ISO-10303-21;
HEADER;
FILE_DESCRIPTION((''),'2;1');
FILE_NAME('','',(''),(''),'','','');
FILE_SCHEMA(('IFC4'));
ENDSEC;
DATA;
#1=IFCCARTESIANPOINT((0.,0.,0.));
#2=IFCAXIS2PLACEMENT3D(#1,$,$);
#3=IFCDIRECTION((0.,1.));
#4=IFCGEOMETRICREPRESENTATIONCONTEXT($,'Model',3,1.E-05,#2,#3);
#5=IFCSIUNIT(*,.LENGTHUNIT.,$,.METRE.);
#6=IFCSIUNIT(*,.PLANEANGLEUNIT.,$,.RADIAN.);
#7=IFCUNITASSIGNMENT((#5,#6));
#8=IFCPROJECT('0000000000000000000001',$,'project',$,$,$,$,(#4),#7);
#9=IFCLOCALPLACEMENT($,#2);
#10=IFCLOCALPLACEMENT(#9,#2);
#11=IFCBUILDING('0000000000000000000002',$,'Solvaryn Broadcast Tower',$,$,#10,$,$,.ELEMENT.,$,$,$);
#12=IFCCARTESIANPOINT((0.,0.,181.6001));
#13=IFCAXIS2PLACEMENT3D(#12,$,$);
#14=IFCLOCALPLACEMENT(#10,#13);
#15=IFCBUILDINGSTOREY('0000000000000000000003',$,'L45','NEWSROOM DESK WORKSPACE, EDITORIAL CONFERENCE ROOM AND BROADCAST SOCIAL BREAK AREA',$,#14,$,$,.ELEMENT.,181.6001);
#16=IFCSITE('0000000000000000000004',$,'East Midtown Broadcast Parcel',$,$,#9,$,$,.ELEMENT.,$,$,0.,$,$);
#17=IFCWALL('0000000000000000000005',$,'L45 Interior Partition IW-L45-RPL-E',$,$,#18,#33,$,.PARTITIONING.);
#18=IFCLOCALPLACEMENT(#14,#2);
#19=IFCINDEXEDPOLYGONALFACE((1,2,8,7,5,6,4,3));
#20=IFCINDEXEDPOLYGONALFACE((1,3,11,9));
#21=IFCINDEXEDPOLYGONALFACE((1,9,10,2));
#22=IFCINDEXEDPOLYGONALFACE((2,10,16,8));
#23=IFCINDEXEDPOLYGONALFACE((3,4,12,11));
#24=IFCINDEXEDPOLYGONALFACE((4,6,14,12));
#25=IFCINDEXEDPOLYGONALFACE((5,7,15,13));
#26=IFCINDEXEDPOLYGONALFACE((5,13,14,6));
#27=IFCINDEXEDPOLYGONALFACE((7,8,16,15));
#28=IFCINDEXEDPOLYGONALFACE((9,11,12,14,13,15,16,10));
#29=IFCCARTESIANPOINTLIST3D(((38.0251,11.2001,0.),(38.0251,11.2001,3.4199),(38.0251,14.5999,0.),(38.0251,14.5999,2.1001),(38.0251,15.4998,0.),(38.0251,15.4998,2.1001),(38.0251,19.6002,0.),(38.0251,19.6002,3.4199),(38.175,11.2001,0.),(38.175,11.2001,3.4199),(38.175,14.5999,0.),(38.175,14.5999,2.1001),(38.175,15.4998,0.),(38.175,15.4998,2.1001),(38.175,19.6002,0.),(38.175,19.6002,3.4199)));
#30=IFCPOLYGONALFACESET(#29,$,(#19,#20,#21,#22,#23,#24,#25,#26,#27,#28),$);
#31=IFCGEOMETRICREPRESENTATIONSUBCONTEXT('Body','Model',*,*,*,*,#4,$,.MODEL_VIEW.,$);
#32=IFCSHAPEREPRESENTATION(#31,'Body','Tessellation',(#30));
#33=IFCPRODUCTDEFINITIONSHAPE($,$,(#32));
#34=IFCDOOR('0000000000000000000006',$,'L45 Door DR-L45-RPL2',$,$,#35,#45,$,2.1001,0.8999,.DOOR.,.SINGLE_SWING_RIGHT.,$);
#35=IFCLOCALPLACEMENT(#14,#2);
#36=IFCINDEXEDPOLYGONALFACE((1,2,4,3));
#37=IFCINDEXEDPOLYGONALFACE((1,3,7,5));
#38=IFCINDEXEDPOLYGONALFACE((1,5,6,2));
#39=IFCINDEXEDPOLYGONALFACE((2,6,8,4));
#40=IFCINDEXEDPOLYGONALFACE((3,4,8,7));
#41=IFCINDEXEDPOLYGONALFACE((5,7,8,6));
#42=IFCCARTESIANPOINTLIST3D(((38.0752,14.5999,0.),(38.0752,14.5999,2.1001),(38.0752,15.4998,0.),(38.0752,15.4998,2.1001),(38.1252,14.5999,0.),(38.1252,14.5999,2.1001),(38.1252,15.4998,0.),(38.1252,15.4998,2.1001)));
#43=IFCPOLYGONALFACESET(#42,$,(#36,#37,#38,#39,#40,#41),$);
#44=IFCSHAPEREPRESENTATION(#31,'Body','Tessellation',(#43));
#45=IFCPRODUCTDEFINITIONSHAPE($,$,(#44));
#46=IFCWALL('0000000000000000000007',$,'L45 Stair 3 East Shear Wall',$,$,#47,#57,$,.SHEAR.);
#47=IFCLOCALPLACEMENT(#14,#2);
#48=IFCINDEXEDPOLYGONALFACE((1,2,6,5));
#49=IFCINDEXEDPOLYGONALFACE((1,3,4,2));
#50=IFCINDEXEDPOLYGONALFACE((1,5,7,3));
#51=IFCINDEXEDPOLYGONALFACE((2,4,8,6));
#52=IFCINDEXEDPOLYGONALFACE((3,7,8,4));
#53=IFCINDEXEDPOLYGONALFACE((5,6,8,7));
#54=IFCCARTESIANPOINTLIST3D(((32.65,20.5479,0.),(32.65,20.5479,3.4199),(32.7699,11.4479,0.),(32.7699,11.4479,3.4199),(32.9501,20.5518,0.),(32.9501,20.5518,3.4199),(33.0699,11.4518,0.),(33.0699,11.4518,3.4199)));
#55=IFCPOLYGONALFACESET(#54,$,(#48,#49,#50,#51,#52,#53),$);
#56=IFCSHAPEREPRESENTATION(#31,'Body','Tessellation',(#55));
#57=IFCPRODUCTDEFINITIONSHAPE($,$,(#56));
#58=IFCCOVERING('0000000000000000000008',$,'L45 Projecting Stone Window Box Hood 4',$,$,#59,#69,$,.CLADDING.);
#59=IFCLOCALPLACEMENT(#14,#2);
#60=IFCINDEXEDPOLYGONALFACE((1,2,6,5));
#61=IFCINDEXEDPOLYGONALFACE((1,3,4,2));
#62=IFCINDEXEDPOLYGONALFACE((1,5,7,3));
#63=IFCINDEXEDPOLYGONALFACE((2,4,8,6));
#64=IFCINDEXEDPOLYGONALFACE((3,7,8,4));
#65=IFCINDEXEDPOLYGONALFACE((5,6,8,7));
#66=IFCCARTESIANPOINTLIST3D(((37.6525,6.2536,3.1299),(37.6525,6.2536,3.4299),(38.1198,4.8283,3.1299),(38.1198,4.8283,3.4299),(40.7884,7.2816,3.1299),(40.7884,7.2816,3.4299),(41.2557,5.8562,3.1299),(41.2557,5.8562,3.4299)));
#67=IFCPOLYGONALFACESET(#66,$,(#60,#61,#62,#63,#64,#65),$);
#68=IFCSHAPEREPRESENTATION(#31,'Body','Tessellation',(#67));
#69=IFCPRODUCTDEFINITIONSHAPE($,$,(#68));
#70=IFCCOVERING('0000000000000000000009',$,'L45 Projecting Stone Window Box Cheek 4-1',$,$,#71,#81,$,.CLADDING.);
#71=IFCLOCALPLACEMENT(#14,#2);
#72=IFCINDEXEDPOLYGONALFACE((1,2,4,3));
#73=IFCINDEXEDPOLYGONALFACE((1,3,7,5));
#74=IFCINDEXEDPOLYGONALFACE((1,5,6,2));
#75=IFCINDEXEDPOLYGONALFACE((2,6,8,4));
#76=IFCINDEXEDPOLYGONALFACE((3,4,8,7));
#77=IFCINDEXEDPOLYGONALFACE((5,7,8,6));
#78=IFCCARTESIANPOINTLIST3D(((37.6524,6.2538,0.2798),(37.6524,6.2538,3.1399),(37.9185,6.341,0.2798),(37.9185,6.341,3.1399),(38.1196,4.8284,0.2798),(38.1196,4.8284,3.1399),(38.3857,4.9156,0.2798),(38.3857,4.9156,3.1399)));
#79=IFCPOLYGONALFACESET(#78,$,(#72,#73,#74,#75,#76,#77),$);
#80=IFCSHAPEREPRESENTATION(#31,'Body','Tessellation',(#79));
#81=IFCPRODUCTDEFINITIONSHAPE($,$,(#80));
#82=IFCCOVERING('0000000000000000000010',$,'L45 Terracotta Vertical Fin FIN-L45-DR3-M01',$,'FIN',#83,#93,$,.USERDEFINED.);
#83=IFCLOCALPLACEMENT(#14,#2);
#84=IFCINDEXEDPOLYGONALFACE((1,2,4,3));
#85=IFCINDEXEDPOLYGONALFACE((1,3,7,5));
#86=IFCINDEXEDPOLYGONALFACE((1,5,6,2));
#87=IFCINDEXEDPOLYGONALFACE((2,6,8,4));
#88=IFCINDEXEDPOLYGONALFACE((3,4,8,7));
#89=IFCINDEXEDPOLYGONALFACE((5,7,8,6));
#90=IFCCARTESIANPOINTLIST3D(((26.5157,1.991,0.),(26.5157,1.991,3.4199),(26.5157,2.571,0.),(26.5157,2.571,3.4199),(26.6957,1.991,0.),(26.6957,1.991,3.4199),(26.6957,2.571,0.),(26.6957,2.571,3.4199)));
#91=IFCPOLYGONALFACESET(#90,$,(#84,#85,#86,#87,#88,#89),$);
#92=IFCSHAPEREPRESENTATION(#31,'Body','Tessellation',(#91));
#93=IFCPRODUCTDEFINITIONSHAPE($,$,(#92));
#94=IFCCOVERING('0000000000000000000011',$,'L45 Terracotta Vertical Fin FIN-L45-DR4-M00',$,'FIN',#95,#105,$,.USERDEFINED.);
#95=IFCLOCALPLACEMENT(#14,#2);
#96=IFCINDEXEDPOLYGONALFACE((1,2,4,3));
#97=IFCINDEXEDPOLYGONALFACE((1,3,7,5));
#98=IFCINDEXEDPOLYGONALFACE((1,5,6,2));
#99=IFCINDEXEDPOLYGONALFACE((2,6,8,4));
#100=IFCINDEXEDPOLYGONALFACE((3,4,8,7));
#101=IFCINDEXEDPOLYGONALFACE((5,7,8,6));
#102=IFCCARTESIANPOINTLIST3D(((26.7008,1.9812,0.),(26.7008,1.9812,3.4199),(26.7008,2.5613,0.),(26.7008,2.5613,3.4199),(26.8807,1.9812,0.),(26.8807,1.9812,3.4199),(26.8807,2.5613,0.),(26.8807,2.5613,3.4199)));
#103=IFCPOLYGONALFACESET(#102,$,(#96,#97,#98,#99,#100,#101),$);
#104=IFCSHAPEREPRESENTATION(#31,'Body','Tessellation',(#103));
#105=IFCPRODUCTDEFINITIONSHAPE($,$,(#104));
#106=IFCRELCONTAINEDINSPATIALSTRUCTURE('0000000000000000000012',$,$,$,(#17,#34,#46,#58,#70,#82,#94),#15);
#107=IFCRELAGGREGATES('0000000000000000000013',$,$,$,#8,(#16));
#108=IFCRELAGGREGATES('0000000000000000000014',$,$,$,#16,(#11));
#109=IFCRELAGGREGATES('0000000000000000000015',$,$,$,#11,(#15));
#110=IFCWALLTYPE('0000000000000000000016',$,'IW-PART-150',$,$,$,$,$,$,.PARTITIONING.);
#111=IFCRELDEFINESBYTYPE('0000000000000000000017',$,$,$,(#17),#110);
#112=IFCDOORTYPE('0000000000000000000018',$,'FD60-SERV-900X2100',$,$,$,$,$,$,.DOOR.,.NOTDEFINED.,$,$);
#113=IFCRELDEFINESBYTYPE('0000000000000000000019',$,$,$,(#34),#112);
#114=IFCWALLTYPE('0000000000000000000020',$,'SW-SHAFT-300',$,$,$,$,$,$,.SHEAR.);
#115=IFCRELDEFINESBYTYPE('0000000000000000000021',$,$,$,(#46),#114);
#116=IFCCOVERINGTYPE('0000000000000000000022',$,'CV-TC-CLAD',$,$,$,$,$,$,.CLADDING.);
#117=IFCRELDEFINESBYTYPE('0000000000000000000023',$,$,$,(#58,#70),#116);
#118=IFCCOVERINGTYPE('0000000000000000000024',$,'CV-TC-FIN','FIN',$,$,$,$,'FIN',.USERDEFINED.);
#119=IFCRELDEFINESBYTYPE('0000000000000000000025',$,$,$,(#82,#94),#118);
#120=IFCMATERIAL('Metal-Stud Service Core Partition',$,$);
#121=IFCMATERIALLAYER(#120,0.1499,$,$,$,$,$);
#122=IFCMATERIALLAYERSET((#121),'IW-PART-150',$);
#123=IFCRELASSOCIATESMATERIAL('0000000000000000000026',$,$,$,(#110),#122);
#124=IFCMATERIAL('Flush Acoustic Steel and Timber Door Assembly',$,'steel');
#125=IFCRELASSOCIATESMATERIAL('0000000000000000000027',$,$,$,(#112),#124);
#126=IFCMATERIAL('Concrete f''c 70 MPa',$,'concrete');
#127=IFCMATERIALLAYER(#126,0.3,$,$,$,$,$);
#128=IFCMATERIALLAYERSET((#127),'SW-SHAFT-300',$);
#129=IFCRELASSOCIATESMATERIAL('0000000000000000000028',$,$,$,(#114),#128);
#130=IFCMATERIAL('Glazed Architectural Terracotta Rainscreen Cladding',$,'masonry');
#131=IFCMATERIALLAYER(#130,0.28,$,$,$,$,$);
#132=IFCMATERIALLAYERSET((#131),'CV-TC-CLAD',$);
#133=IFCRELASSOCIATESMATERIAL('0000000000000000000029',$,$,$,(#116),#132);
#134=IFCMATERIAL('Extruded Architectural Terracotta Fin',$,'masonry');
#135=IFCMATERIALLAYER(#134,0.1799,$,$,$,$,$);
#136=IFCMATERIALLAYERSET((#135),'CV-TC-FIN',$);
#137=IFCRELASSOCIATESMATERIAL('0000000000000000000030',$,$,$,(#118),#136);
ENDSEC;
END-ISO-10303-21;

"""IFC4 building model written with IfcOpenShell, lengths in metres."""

from ifc_helpers import new_model, si_unit, direction, frame, frame_2d, origin, origin_2d, place, context, subcontext, project, spatial, rectangle, extrude, material, layer, layer_set, type_object, element, fill, save


model = new_model("IFC4")

# Units and contexts
model_context = context("Model", 3, precision=1e-05, world=origin(), true_north=direction((0.0, 1.0)))
body_context = subcontext(model_context, "Body", "Model", "MODEL_VIEW")
ifc_project = project(units=[si_unit("LENGTHUNIT", "METRE"), si_unit("PLANEANGLEUNIT", "RADIAN")], contexts=[model_context])

# Site, building, storey
site_placement = place(None, origin())
site = spatial("IfcSite", under=ifc_project, at=site_placement, Name="East Midtown Broadcast Parcel", CompositionType="ELEMENT", RefElevation=0.0)
building_placement = place(site_placement, origin())
building = spatial("IfcBuilding", under=site, at=building_placement, Name="Solvaryn Broadcast Tower", CompositionType="ELEMENT")
storey_placement = place(building_placement, frame((0.0, 0.0, 181.6001)))
storey = spatial("IfcBuildingStorey", under=building, at=storey_placement, Name="L45", Description="NEWSROOM DESK WORKSPACE, EDITORIAL CONFERENCE ROOM AND BROADCAST SOCIAL BREAK AREA", CompositionType="ELEMENT", Elevation=181.6001)

# Wall, opening, door
ifc_material_1 = material(Name="Metal-Stud Service Core Partition")
ifc_layer_1 = layer(ifc_material_1, 0.1499)
ifc_layer_set_1 = layer_set([ifc_layer_1], Name="IW-PART-150")
wall_type_1 = type_object("IfcWallType", Name="IW-PART-150", PredefinedType="PARTITIONING", material=ifc_layer_set_1)
wall_1_placement = place(storey_placement, frame((38.1001, 11.2, 0.0), z_axis=(0.0, 0.0, 1.0), x_axis=(0.0, 1.0, 0.0)))
wall_1 = element("IfcWall", 1, at=wall_1_placement, inside=storey, type_object=wall_type_1, Name="L45 Interior Partition IW-L45-RPL-E", PredefinedType="PARTITIONING", context=body_context, shape_type="SweptSolid", body=[
    extrude(rectangle(XDim=8.4001, YDim=0.1499, at=frame_2d((4.2002, 0.0))), origin(), (0.0, 0.0, 1.0), 3.4199),
])
opening_placement = place(wall_1_placement, frame((3.3999, 0.0, 0.0)))
opening = element("IfcOpeningElement", 2, at=opening_placement, cuts=wall_1, PredefinedType="OPENING", context=body_context, shape_type="SweptSolid", body=[
    extrude(rectangle(XDim=0.8999, YDim=2.1001, at=frame_2d((0.45, 1.05))), frame((0.0, 0.085, 0.0), z_axis=(0.0, -1.0, 0.0), x_axis=(1.0, 0.0, 0.0)), (0.0, 0.0, 1.0), 0.1699),
])
ifc_material_2 = material(Name="Flush Acoustic Steel and Timber Door Assembly", Category="steel")
door_type = type_object("IfcDoorType", Name="FD60-SERV-900X2100", OperationType="NOTDEFINED", PredefinedType="DOOR", material=ifc_material_2)
door_placement = place(opening_placement, origin())
door = element("IfcDoor", 3, at=door_placement, inside=storey, type_object=door_type, Name="L45 Door DR-L45-RPL2", OperationType="SINGLE_SWING_RIGHT", OverallHeight=2.1001, OverallWidth=0.8999, PredefinedType="DOOR", context=body_context, shape_type="SweptSolid", body=[
    extrude(rectangle(XDim=0.8999, YDim=2.1001, at=frame_2d((0.45, 1.05))), frame((0.0, 0.0249, 0.0), z_axis=(0.0, -1.0, 0.0), x_axis=(1.0, 0.0, 0.0)), (0.0, 0.0, 1.0), 0.05),
])
fill(opening, door)

# Wall
ifc_material_3 = material(Name="Concrete f'c 70 MPa", Category="concrete")
ifc_layer_2 = layer(ifc_material_3, 0.3)
ifc_layer_set_2 = layer_set([ifc_layer_2], Name="SW-SHAFT-300")
wall_type_2 = type_object("IfcWallType", Name="SW-SHAFT-300", PredefinedType="SHEAR", material=ifc_layer_set_2)
wall_2_placement = place(storey_placement, frame((32.9199, 11.45, 0.0), z_axis=(0.0, 0.0, 1.0), x_axis=(-0.013172, 0.999913, 0.0)))
element("IfcWall", 4, at=wall_2_placement, inside=storey, type_object=wall_type_2, Name="L45 Stair 3 East Shear Wall", PredefinedType="SHEAR", context=body_context, shape_type="SweptSolid", body=[
    extrude(rectangle(XDim=9.1008, YDim=0.3, at=frame_2d((4.5503, 0.0))), origin(), (0.0, 0.0, 1.0), 3.4199),
])

# Coverings
ifc_material_4 = material(Name="Glazed Architectural Terracotta Rainscreen Cladding", Category="masonry")
ifc_layer_3 = layer(ifc_material_4, 0.28)
ifc_layer_set_3 = layer_set([ifc_layer_3], Name="CV-TC-CLAD")
covering_type_1 = type_object("IfcCoveringType", Name="CV-TC-CLAD", PredefinedType="CLADDING", material=ifc_layer_set_3)
covering_1_placement = place(storey_placement, frame((39.4541, 6.0549, 3.1299), z_axis=(0.0, 0.0, 1.0), x_axis=(0.950244, 0.311506, 0.0)))
element("IfcCovering", 5, at=covering_1_placement, inside=storey, type_object=covering_type_1, Name="L45 Projecting Stone Window Box Hood 4", PredefinedType="CLADDING", context=body_context, shape_type="SweptSolid", body=[
    extrude(rectangle(XDim=3.3, YDim=1.5, at=origin_2d()), origin(), (0.0, 0.0, 1.0), 0.3),
])
covering_2_placement = place(storey_placement, frame((38.019, 5.5847, 0.2798), z_axis=(0.0, 0.0, 1.0), x_axis=(0.950244, 0.311506, 0.0)))
element("IfcCovering", 6, at=covering_2_placement, inside=storey, type_object=covering_type_1, Name="L45 Projecting Stone Window Box Cheek 4-1", PredefinedType="CLADDING", context=body_context, shape_type="SweptSolid", body=[
    extrude(rectangle(XDim=0.28, YDim=1.5, at=origin_2d()), origin(), (0.0, 0.0, 1.0), 2.8601),
])
ifc_material_5 = material(Name="Extruded Architectural Terracotta Fin", Category="masonry")
ifc_layer_4 = layer(ifc_material_5, 0.1799)
ifc_layer_set_4 = layer_set([ifc_layer_4], Name="CV-TC-FIN")
covering_type_2 = type_object("IfcCoveringType", Name="CV-TC-FIN", Description="FIN", ElementType="FIN", PredefinedType="USERDEFINED", material=ifc_layer_set_4)
for number, where, z_axis, x_axis, name in (
    (7, (26.6057, 2.281, 0.0), (0.0, 0.0, 1.0), (1.0, 0.0, 0.0), "L45 Terracotta Vertical Fin FIN-L45-DR3-M01"),
    (8, (26.7908, 2.2712, 0.0), (0.0, 0.0, 1.0), (1.0, 0.0, 0.0), "L45 Terracotta Vertical Fin FIN-L45-DR4-M00"),
):
    element("IfcCovering", number, at=place(storey_placement, frame(where, z_axis=z_axis, x_axis=x_axis)), inside=storey, type_object=covering_type_2, Name=name, ObjectType="FIN", PredefinedType="USERDEFINED", context=body_context, shape_type="SweptSolid", body=[
        extrude(rectangle(XDim=0.1799, YDim=0.5801, at=origin_2d()), origin(), (0.0, 0.0, 1.0), 3.4199),
    ])

save(model, "model.ifc")
